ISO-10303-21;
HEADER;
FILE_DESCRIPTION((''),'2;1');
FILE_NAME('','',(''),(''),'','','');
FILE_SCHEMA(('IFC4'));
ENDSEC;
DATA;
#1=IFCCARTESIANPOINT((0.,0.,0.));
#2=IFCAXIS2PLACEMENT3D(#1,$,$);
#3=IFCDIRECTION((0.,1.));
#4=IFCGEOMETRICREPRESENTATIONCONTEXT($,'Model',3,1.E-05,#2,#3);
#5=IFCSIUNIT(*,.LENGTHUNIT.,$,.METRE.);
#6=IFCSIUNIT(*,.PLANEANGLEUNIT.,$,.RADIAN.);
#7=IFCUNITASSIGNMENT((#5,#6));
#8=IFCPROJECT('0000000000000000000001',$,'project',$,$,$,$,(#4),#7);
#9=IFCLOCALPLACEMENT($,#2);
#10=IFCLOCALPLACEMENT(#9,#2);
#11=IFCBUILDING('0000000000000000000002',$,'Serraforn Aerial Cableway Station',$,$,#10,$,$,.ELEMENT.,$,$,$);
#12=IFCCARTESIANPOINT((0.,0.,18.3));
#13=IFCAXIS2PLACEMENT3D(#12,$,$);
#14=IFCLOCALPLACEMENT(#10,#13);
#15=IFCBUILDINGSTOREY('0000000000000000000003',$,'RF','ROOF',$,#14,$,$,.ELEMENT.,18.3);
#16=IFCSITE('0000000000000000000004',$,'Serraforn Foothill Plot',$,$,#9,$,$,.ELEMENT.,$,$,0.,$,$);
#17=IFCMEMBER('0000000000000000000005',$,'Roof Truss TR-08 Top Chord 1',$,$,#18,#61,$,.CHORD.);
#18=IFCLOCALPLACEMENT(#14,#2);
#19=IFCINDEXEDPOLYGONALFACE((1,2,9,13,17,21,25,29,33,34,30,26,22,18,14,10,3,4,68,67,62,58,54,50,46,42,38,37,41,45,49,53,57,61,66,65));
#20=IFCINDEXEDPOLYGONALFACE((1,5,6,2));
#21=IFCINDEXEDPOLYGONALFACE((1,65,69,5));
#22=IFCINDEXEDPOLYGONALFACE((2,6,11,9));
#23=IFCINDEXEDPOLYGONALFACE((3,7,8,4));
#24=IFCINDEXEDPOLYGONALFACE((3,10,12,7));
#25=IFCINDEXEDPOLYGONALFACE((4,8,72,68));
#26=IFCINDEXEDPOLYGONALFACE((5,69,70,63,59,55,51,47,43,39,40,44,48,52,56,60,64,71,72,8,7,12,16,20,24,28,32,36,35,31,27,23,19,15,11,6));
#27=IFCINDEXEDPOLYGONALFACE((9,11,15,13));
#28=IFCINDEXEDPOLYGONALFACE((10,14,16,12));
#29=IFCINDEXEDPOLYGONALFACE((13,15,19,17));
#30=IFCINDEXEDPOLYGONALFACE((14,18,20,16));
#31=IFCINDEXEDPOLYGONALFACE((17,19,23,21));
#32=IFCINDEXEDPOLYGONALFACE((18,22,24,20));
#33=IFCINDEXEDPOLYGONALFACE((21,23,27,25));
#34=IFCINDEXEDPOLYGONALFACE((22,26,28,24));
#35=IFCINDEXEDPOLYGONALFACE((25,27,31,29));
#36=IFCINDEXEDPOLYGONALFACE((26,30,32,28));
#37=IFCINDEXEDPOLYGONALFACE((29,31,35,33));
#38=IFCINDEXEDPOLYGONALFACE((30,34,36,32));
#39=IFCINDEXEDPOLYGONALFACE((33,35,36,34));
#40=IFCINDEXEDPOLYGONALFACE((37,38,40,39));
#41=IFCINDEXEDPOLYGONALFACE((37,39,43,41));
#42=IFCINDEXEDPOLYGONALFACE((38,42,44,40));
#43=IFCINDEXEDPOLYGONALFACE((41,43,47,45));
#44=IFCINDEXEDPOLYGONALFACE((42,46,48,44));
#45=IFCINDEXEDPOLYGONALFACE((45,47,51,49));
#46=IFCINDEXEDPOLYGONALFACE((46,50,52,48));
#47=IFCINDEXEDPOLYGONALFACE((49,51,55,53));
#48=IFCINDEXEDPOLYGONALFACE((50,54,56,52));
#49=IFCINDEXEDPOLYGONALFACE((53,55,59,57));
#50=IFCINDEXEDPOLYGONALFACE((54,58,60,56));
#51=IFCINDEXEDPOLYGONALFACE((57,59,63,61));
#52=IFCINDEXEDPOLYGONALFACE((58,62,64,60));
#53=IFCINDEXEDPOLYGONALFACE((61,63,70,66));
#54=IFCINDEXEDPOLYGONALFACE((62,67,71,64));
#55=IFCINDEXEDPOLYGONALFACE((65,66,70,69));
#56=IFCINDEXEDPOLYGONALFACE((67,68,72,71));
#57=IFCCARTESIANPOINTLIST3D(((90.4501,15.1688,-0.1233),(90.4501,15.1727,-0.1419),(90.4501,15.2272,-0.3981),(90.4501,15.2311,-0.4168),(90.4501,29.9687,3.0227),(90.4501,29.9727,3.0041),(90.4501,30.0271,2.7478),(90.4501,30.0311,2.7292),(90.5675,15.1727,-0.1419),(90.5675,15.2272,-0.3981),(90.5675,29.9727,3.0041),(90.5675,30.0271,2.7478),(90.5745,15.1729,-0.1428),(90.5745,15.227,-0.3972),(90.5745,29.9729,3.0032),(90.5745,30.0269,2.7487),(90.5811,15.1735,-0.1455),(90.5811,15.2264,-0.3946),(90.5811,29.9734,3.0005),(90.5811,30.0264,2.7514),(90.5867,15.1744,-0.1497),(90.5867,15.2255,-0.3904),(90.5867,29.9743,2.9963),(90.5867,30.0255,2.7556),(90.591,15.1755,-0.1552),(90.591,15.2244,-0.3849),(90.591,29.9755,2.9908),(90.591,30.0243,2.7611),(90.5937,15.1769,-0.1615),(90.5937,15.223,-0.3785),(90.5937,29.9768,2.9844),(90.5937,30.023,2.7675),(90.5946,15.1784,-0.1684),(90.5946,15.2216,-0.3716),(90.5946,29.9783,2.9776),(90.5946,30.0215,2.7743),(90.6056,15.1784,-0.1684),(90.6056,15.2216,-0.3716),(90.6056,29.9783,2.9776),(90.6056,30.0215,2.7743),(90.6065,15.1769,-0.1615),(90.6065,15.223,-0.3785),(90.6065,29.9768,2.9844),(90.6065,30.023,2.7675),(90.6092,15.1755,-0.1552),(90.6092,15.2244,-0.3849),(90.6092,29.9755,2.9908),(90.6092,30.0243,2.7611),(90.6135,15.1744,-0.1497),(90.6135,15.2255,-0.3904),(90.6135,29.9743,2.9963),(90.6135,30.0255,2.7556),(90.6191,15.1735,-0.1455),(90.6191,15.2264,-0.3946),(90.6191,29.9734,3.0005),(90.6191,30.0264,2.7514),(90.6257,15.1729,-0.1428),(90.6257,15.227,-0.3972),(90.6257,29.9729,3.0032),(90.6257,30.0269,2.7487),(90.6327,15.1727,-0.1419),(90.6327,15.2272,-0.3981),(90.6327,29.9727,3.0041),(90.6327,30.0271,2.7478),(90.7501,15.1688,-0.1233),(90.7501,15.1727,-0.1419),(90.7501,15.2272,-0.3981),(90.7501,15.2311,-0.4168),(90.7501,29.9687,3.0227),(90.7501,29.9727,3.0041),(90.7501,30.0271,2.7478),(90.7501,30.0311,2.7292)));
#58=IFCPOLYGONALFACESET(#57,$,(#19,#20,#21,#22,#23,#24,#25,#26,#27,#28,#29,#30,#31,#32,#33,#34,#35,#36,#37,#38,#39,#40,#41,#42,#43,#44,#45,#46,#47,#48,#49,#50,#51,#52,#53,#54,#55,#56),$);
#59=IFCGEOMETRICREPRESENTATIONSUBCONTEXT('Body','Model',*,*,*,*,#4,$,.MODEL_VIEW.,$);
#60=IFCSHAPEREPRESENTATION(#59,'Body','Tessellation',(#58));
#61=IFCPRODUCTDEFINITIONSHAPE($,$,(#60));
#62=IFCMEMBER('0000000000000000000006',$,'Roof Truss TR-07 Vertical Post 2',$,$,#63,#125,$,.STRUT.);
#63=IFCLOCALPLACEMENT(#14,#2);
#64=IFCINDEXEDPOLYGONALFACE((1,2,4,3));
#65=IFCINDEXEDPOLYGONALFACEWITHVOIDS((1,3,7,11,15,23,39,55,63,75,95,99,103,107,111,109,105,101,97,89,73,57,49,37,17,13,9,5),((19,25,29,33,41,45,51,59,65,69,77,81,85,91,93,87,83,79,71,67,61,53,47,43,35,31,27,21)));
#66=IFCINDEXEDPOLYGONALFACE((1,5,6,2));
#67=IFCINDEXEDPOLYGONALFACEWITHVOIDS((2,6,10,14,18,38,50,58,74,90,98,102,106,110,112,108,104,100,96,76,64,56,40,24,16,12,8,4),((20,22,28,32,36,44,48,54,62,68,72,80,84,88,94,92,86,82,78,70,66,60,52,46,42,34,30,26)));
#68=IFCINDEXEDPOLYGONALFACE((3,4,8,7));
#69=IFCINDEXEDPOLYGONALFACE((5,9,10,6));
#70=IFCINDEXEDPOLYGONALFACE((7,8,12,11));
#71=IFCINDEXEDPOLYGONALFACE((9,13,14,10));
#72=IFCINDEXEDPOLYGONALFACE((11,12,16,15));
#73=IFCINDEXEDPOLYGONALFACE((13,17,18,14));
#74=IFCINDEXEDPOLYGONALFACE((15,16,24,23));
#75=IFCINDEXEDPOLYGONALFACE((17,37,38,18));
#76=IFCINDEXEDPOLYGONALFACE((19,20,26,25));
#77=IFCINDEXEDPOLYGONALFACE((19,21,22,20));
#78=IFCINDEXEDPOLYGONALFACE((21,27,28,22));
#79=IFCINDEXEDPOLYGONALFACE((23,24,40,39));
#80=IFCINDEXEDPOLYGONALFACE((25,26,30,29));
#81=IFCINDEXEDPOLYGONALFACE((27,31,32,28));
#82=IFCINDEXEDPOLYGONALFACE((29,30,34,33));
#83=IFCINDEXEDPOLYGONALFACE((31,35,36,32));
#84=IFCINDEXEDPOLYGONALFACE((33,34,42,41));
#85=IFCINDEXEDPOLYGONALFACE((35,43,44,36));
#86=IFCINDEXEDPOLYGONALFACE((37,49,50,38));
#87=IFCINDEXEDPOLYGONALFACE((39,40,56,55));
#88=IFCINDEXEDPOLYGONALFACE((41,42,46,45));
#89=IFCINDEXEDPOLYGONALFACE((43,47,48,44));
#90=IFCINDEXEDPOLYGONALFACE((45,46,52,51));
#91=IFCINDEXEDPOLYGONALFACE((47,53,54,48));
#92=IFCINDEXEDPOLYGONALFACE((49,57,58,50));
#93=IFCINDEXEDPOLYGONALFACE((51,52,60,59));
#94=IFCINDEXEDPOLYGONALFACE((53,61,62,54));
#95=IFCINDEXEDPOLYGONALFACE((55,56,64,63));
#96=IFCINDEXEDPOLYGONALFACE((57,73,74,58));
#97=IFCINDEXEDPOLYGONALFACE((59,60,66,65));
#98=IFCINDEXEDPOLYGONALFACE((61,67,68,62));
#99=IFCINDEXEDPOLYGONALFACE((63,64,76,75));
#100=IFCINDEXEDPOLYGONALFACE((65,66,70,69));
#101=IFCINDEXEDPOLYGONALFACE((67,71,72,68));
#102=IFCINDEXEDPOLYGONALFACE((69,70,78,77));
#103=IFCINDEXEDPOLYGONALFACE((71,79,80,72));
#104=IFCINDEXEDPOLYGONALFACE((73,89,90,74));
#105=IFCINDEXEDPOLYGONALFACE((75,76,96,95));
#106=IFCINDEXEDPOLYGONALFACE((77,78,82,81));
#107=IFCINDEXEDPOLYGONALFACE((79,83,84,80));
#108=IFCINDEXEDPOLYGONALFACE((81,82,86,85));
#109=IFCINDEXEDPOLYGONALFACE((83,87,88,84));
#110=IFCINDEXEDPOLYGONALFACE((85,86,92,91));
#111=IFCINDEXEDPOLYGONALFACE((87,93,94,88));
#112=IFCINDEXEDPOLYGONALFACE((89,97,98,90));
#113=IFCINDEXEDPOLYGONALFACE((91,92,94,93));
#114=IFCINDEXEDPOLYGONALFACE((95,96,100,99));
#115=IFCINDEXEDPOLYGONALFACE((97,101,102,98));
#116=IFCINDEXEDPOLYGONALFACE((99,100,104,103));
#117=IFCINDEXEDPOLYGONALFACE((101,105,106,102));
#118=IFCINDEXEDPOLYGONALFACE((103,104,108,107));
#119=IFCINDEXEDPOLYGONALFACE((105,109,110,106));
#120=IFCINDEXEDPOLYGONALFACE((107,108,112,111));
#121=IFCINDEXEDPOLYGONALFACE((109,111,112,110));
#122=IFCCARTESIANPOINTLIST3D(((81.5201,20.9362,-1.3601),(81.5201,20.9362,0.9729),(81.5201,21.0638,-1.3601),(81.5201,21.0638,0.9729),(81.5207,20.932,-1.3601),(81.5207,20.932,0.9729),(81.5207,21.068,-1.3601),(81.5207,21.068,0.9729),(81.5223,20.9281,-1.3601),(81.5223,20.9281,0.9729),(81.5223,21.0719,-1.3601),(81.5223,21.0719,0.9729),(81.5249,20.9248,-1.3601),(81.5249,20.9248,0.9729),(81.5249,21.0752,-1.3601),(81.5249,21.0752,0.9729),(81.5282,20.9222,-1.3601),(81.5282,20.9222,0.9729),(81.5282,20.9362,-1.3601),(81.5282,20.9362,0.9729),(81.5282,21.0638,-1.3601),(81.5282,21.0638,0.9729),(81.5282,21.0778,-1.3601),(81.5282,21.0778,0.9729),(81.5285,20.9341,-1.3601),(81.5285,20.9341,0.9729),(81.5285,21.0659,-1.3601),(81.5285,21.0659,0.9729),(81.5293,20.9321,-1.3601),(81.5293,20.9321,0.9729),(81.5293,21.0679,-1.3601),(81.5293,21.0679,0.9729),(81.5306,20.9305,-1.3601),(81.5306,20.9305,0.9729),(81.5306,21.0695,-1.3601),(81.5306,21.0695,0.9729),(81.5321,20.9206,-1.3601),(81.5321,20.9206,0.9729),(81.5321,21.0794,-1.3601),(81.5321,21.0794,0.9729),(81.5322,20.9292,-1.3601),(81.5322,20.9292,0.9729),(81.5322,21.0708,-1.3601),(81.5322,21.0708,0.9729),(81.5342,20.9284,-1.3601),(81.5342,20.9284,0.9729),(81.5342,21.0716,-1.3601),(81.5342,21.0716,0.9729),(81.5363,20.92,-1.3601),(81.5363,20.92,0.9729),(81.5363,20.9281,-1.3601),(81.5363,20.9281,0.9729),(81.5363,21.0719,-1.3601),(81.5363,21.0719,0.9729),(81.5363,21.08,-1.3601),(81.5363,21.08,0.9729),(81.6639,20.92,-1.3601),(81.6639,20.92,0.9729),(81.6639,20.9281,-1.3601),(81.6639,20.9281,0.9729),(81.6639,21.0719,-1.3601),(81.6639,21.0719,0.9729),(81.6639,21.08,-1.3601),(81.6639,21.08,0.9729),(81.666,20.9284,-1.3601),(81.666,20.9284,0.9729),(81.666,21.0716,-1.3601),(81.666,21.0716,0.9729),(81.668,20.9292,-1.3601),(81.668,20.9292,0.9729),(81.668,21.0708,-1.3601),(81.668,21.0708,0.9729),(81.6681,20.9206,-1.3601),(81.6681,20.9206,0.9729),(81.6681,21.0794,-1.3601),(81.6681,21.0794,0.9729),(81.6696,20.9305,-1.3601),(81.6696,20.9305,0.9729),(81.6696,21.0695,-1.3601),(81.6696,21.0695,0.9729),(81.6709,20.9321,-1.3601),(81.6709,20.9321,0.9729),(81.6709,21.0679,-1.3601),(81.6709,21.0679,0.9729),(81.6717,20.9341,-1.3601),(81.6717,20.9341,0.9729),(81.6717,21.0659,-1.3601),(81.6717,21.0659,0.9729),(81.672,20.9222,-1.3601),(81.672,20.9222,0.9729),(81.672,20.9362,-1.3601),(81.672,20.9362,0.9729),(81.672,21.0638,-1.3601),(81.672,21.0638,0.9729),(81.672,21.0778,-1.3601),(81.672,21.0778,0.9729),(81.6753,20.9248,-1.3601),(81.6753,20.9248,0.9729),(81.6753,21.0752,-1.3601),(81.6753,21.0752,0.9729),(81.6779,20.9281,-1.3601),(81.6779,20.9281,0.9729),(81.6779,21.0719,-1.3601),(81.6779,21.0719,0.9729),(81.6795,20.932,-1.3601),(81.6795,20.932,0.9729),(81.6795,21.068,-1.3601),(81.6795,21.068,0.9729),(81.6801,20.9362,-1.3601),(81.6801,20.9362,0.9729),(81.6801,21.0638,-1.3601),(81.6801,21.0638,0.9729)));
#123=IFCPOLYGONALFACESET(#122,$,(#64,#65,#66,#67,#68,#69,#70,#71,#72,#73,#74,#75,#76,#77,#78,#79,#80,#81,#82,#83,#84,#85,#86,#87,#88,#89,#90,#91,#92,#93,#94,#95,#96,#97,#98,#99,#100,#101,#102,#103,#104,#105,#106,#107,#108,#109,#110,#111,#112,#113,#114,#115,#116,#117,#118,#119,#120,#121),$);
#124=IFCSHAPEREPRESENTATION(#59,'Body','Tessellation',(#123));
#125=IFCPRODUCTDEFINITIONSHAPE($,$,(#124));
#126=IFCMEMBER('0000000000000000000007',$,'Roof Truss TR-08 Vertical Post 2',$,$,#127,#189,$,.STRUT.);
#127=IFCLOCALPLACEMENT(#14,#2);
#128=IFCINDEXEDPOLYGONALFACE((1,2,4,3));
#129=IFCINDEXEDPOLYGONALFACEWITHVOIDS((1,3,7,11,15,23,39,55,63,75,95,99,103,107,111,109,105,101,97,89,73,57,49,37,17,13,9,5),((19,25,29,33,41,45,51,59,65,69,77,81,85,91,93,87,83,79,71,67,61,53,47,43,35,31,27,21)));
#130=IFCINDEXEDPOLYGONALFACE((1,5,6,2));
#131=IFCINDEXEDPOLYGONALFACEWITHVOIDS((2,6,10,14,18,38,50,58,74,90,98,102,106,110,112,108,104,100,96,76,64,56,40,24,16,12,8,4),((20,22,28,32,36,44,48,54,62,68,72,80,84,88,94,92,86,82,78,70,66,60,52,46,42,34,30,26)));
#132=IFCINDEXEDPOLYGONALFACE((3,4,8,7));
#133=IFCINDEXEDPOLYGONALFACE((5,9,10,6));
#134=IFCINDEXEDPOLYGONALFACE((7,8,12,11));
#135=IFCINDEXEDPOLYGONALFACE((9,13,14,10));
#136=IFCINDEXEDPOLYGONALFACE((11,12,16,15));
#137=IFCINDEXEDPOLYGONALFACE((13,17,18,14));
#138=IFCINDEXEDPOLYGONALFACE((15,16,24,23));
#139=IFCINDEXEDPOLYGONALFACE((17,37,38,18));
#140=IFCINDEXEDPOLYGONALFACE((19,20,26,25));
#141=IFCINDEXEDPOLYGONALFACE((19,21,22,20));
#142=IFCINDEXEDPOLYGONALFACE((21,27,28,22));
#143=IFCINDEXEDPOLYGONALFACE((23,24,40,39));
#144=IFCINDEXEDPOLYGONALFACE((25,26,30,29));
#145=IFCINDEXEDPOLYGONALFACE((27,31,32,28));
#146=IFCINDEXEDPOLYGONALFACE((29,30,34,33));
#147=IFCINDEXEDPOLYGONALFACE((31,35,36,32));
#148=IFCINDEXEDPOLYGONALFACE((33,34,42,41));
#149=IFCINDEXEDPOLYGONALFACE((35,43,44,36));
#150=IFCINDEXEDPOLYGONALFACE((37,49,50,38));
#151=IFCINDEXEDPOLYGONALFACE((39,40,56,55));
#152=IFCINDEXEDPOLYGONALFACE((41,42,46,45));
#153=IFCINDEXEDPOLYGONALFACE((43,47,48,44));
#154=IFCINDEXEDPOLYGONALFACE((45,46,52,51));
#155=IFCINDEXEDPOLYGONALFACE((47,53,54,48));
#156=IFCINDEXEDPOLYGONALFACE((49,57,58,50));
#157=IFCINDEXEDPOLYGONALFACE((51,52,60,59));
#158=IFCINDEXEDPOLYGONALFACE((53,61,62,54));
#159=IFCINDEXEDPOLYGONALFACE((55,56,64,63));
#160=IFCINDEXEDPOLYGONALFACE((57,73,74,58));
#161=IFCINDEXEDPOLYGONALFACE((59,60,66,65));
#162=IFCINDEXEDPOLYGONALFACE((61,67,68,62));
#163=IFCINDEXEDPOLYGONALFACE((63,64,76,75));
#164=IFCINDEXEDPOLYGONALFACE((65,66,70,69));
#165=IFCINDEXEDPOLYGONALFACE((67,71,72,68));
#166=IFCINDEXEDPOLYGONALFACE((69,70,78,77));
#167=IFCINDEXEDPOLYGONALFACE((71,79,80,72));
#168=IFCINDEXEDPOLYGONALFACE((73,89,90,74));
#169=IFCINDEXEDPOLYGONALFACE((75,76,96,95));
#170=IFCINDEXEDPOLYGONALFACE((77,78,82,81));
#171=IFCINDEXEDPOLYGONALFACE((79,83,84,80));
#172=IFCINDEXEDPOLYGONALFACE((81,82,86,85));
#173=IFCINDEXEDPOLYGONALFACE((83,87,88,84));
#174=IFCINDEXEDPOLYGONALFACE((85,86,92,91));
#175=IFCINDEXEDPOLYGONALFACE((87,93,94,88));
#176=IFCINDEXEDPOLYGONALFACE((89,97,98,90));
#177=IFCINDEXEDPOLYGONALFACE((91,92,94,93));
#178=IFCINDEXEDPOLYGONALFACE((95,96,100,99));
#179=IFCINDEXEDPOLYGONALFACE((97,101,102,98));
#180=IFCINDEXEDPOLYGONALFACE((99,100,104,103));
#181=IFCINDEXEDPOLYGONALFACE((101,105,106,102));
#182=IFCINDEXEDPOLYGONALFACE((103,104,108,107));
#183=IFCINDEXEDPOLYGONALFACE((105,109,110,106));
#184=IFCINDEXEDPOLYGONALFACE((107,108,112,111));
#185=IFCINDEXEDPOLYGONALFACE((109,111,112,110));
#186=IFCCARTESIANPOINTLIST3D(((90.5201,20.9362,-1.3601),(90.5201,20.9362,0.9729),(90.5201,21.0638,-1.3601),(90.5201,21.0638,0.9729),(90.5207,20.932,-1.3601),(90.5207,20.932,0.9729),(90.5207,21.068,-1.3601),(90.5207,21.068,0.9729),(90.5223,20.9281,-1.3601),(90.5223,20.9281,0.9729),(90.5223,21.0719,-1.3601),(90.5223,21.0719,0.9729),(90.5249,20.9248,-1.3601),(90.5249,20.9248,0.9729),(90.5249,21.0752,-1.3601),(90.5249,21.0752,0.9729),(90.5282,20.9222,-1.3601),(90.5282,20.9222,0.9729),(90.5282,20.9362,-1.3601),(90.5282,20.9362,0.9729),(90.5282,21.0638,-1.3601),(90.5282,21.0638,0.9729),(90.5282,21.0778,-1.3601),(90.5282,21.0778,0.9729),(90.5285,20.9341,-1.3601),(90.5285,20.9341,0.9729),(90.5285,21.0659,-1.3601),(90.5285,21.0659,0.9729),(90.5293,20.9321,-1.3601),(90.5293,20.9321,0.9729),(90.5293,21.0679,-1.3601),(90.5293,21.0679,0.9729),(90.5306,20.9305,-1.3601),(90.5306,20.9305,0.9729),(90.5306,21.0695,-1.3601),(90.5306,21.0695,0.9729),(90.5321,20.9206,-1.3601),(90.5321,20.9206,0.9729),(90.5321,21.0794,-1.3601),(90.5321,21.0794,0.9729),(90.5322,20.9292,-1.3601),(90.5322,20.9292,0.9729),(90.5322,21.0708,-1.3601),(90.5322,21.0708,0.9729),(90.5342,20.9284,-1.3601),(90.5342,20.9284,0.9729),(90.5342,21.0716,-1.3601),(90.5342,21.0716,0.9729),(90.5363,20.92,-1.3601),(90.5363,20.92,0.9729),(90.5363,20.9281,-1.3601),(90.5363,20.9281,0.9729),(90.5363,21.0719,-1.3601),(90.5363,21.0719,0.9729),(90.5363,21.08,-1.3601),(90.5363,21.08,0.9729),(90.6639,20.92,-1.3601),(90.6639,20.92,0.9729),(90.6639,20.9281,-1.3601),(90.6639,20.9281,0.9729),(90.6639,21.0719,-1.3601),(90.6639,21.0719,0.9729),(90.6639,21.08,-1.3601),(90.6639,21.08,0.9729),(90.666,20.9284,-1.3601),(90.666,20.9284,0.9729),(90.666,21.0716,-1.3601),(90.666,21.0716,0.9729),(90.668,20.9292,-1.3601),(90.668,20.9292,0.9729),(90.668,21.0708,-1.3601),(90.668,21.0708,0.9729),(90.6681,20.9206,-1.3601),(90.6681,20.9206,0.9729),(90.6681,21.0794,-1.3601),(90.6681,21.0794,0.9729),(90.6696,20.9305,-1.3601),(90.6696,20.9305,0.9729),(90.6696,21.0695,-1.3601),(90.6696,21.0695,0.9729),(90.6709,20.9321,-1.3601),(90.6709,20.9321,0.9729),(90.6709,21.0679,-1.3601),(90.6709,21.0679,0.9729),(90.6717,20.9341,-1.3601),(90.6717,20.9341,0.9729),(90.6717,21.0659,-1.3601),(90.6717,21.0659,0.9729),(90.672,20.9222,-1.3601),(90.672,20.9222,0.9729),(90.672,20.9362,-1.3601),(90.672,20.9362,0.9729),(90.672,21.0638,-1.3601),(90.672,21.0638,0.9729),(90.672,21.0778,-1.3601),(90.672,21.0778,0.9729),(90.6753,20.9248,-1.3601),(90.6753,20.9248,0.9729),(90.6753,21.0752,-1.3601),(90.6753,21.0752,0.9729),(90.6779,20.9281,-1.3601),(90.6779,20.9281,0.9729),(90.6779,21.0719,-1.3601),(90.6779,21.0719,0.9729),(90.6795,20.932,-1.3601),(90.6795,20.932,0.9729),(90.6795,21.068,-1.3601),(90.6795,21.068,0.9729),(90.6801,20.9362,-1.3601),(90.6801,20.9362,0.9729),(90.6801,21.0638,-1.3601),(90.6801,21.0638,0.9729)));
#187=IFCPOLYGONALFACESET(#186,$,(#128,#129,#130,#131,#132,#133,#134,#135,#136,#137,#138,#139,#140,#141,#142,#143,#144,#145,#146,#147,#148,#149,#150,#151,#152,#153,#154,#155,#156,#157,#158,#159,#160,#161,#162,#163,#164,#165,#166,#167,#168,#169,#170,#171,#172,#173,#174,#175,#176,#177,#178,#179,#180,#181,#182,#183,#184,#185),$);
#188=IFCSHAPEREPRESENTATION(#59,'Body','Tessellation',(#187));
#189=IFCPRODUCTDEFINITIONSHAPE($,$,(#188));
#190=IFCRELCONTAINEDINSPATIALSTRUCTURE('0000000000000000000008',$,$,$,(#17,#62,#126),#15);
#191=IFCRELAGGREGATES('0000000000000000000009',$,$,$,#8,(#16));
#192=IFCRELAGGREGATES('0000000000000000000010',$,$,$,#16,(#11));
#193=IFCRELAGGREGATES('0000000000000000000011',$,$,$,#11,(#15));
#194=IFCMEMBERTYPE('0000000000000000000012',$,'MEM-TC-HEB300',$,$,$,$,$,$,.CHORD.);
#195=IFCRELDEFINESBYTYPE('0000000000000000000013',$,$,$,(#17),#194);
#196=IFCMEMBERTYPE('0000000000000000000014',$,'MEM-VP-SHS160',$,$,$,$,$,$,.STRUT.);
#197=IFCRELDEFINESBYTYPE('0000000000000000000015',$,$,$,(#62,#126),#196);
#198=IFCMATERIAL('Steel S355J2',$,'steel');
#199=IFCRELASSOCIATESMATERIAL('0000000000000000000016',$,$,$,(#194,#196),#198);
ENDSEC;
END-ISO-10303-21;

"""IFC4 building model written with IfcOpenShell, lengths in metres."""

from ifc_helpers import new_model, si_unit, direction, frame, origin, origin_2d, place, context, subcontext, project, spatial, hollow_rectangle, i_section, extrude, material, material_profile, profile_set, type_object, element, save


model = new_model("IFC4")

# Units and contexts
model_context = context("Model", 3, precision=1e-05, world=origin(), true_north=direction((0.0, 1.0)))
body_context = subcontext(model_context, "Body", "Model", "MODEL_VIEW")
ifc_project = project(units=[si_unit("LENGTHUNIT", "METRE"), si_unit("PLANEANGLEUNIT", "RADIAN")], contexts=[model_context])

# Site, building, storey
site_placement = place(None, origin())
site = spatial("IfcSite", under=ifc_project, at=site_placement, Name="Serraforn Foothill Plot", CompositionType="ELEMENT", RefElevation=0.0)
building_placement = place(site_placement, origin())
building = spatial("IfcBuilding", under=site, at=building_placement, Name="Serraforn Aerial Cableway Station", CompositionType="ELEMENT")
storey_placement = place(building_placement, frame((0.0, 0.0, 18.3)))
storey = spatial("IfcBuildingStorey", under=building, at=storey_placement, Name="RF", Description="ROOF", CompositionType="ELEMENT", Elevation=18.3)

# Members
ifc_material_1 = material(Name="Steel S355J2", Category="steel")
ifc_material_profile_1 = material_profile(ifc_material_1, i_section(OverallWidth=0.3, OverallDepth=0.3, WebThickness=0.011, FlangeThickness=0.019, FilletRadius=0.0271, at=origin_2d()), Name="HEB 300")
ifc_profile_set_1 = profile_set([ifc_material_profile_1], Name="Steel S355J2")
member_type_1 = type_object("IfcMemberType", Name="MEM-TC-HEB300", PredefinedType="CHORD", material=ifc_profile_set_1)
member_1_placement = place(storey_placement, frame((90.6001, 15.2, -0.27), z_axis=(0.0, 0.978146, 0.207921), x_axis=(-1.0, 0.0, 0.0)))
element("IfcMember", 1, at=member_1_placement, inside=storey, type_object=member_type_1, Name="Roof Truss TR-08 Top Chord 1", PredefinedType="CHORD", context=body_context, shape_type="SweptSolid", body=[
    extrude(i_section(OverallWidth=0.3, OverallDepth=0.3, WebThickness=0.011, FlangeThickness=0.019, FilletRadius=0.0271, at=origin_2d()), origin(), (0.0, 0.0, 1.0), 15.1306),
])
ifc_material_profile_2 = material_profile(ifc_material_1, hollow_rectangle(XDim=0.1599, YDim=0.1599, WallThickness=0.0081, InnerFilletRadius=0.0081, OuterFilletRadius=0.0161, at=origin_2d()), Name="SHS 160x160x8.0")
ifc_profile_set_2 = profile_set([ifc_material_profile_2], Name="Steel S355J2")
member_type_2 = type_object("IfcMemberType", Name="MEM-VP-SHS160", PredefinedType="STRUT", material=ifc_profile_set_2)
for number, where, z_axis, x_axis, name in (
    (2, (81.6001, 21.0, -1.3601), (0.0, 0.0, 1.0), (1.0, 0.0, 0.0), "Roof Truss TR-07 Vertical Post 2"),
    (3, (90.6001, 21.0, -1.3601), (0.0, 0.0, 1.0), (1.0, 0.0, 0.0), "Roof Truss TR-08 Vertical Post 2"),
):
    element("IfcMember", number, at=place(storey_placement, frame(where, z_axis=z_axis, x_axis=x_axis)), inside=storey, type_object=member_type_2, Name=name, PredefinedType="STRUT", context=body_context, shape_type="SweptSolid", body=[
        extrude(hollow_rectangle(XDim=0.1599, YDim=0.1599, WallThickness=0.0081, InnerFilletRadius=0.0081, OuterFilletRadius=0.0161, at=origin_2d()), origin(), (0.0, 0.0, 1.0), 2.333),
    ])

save(model, "model.ifc")
